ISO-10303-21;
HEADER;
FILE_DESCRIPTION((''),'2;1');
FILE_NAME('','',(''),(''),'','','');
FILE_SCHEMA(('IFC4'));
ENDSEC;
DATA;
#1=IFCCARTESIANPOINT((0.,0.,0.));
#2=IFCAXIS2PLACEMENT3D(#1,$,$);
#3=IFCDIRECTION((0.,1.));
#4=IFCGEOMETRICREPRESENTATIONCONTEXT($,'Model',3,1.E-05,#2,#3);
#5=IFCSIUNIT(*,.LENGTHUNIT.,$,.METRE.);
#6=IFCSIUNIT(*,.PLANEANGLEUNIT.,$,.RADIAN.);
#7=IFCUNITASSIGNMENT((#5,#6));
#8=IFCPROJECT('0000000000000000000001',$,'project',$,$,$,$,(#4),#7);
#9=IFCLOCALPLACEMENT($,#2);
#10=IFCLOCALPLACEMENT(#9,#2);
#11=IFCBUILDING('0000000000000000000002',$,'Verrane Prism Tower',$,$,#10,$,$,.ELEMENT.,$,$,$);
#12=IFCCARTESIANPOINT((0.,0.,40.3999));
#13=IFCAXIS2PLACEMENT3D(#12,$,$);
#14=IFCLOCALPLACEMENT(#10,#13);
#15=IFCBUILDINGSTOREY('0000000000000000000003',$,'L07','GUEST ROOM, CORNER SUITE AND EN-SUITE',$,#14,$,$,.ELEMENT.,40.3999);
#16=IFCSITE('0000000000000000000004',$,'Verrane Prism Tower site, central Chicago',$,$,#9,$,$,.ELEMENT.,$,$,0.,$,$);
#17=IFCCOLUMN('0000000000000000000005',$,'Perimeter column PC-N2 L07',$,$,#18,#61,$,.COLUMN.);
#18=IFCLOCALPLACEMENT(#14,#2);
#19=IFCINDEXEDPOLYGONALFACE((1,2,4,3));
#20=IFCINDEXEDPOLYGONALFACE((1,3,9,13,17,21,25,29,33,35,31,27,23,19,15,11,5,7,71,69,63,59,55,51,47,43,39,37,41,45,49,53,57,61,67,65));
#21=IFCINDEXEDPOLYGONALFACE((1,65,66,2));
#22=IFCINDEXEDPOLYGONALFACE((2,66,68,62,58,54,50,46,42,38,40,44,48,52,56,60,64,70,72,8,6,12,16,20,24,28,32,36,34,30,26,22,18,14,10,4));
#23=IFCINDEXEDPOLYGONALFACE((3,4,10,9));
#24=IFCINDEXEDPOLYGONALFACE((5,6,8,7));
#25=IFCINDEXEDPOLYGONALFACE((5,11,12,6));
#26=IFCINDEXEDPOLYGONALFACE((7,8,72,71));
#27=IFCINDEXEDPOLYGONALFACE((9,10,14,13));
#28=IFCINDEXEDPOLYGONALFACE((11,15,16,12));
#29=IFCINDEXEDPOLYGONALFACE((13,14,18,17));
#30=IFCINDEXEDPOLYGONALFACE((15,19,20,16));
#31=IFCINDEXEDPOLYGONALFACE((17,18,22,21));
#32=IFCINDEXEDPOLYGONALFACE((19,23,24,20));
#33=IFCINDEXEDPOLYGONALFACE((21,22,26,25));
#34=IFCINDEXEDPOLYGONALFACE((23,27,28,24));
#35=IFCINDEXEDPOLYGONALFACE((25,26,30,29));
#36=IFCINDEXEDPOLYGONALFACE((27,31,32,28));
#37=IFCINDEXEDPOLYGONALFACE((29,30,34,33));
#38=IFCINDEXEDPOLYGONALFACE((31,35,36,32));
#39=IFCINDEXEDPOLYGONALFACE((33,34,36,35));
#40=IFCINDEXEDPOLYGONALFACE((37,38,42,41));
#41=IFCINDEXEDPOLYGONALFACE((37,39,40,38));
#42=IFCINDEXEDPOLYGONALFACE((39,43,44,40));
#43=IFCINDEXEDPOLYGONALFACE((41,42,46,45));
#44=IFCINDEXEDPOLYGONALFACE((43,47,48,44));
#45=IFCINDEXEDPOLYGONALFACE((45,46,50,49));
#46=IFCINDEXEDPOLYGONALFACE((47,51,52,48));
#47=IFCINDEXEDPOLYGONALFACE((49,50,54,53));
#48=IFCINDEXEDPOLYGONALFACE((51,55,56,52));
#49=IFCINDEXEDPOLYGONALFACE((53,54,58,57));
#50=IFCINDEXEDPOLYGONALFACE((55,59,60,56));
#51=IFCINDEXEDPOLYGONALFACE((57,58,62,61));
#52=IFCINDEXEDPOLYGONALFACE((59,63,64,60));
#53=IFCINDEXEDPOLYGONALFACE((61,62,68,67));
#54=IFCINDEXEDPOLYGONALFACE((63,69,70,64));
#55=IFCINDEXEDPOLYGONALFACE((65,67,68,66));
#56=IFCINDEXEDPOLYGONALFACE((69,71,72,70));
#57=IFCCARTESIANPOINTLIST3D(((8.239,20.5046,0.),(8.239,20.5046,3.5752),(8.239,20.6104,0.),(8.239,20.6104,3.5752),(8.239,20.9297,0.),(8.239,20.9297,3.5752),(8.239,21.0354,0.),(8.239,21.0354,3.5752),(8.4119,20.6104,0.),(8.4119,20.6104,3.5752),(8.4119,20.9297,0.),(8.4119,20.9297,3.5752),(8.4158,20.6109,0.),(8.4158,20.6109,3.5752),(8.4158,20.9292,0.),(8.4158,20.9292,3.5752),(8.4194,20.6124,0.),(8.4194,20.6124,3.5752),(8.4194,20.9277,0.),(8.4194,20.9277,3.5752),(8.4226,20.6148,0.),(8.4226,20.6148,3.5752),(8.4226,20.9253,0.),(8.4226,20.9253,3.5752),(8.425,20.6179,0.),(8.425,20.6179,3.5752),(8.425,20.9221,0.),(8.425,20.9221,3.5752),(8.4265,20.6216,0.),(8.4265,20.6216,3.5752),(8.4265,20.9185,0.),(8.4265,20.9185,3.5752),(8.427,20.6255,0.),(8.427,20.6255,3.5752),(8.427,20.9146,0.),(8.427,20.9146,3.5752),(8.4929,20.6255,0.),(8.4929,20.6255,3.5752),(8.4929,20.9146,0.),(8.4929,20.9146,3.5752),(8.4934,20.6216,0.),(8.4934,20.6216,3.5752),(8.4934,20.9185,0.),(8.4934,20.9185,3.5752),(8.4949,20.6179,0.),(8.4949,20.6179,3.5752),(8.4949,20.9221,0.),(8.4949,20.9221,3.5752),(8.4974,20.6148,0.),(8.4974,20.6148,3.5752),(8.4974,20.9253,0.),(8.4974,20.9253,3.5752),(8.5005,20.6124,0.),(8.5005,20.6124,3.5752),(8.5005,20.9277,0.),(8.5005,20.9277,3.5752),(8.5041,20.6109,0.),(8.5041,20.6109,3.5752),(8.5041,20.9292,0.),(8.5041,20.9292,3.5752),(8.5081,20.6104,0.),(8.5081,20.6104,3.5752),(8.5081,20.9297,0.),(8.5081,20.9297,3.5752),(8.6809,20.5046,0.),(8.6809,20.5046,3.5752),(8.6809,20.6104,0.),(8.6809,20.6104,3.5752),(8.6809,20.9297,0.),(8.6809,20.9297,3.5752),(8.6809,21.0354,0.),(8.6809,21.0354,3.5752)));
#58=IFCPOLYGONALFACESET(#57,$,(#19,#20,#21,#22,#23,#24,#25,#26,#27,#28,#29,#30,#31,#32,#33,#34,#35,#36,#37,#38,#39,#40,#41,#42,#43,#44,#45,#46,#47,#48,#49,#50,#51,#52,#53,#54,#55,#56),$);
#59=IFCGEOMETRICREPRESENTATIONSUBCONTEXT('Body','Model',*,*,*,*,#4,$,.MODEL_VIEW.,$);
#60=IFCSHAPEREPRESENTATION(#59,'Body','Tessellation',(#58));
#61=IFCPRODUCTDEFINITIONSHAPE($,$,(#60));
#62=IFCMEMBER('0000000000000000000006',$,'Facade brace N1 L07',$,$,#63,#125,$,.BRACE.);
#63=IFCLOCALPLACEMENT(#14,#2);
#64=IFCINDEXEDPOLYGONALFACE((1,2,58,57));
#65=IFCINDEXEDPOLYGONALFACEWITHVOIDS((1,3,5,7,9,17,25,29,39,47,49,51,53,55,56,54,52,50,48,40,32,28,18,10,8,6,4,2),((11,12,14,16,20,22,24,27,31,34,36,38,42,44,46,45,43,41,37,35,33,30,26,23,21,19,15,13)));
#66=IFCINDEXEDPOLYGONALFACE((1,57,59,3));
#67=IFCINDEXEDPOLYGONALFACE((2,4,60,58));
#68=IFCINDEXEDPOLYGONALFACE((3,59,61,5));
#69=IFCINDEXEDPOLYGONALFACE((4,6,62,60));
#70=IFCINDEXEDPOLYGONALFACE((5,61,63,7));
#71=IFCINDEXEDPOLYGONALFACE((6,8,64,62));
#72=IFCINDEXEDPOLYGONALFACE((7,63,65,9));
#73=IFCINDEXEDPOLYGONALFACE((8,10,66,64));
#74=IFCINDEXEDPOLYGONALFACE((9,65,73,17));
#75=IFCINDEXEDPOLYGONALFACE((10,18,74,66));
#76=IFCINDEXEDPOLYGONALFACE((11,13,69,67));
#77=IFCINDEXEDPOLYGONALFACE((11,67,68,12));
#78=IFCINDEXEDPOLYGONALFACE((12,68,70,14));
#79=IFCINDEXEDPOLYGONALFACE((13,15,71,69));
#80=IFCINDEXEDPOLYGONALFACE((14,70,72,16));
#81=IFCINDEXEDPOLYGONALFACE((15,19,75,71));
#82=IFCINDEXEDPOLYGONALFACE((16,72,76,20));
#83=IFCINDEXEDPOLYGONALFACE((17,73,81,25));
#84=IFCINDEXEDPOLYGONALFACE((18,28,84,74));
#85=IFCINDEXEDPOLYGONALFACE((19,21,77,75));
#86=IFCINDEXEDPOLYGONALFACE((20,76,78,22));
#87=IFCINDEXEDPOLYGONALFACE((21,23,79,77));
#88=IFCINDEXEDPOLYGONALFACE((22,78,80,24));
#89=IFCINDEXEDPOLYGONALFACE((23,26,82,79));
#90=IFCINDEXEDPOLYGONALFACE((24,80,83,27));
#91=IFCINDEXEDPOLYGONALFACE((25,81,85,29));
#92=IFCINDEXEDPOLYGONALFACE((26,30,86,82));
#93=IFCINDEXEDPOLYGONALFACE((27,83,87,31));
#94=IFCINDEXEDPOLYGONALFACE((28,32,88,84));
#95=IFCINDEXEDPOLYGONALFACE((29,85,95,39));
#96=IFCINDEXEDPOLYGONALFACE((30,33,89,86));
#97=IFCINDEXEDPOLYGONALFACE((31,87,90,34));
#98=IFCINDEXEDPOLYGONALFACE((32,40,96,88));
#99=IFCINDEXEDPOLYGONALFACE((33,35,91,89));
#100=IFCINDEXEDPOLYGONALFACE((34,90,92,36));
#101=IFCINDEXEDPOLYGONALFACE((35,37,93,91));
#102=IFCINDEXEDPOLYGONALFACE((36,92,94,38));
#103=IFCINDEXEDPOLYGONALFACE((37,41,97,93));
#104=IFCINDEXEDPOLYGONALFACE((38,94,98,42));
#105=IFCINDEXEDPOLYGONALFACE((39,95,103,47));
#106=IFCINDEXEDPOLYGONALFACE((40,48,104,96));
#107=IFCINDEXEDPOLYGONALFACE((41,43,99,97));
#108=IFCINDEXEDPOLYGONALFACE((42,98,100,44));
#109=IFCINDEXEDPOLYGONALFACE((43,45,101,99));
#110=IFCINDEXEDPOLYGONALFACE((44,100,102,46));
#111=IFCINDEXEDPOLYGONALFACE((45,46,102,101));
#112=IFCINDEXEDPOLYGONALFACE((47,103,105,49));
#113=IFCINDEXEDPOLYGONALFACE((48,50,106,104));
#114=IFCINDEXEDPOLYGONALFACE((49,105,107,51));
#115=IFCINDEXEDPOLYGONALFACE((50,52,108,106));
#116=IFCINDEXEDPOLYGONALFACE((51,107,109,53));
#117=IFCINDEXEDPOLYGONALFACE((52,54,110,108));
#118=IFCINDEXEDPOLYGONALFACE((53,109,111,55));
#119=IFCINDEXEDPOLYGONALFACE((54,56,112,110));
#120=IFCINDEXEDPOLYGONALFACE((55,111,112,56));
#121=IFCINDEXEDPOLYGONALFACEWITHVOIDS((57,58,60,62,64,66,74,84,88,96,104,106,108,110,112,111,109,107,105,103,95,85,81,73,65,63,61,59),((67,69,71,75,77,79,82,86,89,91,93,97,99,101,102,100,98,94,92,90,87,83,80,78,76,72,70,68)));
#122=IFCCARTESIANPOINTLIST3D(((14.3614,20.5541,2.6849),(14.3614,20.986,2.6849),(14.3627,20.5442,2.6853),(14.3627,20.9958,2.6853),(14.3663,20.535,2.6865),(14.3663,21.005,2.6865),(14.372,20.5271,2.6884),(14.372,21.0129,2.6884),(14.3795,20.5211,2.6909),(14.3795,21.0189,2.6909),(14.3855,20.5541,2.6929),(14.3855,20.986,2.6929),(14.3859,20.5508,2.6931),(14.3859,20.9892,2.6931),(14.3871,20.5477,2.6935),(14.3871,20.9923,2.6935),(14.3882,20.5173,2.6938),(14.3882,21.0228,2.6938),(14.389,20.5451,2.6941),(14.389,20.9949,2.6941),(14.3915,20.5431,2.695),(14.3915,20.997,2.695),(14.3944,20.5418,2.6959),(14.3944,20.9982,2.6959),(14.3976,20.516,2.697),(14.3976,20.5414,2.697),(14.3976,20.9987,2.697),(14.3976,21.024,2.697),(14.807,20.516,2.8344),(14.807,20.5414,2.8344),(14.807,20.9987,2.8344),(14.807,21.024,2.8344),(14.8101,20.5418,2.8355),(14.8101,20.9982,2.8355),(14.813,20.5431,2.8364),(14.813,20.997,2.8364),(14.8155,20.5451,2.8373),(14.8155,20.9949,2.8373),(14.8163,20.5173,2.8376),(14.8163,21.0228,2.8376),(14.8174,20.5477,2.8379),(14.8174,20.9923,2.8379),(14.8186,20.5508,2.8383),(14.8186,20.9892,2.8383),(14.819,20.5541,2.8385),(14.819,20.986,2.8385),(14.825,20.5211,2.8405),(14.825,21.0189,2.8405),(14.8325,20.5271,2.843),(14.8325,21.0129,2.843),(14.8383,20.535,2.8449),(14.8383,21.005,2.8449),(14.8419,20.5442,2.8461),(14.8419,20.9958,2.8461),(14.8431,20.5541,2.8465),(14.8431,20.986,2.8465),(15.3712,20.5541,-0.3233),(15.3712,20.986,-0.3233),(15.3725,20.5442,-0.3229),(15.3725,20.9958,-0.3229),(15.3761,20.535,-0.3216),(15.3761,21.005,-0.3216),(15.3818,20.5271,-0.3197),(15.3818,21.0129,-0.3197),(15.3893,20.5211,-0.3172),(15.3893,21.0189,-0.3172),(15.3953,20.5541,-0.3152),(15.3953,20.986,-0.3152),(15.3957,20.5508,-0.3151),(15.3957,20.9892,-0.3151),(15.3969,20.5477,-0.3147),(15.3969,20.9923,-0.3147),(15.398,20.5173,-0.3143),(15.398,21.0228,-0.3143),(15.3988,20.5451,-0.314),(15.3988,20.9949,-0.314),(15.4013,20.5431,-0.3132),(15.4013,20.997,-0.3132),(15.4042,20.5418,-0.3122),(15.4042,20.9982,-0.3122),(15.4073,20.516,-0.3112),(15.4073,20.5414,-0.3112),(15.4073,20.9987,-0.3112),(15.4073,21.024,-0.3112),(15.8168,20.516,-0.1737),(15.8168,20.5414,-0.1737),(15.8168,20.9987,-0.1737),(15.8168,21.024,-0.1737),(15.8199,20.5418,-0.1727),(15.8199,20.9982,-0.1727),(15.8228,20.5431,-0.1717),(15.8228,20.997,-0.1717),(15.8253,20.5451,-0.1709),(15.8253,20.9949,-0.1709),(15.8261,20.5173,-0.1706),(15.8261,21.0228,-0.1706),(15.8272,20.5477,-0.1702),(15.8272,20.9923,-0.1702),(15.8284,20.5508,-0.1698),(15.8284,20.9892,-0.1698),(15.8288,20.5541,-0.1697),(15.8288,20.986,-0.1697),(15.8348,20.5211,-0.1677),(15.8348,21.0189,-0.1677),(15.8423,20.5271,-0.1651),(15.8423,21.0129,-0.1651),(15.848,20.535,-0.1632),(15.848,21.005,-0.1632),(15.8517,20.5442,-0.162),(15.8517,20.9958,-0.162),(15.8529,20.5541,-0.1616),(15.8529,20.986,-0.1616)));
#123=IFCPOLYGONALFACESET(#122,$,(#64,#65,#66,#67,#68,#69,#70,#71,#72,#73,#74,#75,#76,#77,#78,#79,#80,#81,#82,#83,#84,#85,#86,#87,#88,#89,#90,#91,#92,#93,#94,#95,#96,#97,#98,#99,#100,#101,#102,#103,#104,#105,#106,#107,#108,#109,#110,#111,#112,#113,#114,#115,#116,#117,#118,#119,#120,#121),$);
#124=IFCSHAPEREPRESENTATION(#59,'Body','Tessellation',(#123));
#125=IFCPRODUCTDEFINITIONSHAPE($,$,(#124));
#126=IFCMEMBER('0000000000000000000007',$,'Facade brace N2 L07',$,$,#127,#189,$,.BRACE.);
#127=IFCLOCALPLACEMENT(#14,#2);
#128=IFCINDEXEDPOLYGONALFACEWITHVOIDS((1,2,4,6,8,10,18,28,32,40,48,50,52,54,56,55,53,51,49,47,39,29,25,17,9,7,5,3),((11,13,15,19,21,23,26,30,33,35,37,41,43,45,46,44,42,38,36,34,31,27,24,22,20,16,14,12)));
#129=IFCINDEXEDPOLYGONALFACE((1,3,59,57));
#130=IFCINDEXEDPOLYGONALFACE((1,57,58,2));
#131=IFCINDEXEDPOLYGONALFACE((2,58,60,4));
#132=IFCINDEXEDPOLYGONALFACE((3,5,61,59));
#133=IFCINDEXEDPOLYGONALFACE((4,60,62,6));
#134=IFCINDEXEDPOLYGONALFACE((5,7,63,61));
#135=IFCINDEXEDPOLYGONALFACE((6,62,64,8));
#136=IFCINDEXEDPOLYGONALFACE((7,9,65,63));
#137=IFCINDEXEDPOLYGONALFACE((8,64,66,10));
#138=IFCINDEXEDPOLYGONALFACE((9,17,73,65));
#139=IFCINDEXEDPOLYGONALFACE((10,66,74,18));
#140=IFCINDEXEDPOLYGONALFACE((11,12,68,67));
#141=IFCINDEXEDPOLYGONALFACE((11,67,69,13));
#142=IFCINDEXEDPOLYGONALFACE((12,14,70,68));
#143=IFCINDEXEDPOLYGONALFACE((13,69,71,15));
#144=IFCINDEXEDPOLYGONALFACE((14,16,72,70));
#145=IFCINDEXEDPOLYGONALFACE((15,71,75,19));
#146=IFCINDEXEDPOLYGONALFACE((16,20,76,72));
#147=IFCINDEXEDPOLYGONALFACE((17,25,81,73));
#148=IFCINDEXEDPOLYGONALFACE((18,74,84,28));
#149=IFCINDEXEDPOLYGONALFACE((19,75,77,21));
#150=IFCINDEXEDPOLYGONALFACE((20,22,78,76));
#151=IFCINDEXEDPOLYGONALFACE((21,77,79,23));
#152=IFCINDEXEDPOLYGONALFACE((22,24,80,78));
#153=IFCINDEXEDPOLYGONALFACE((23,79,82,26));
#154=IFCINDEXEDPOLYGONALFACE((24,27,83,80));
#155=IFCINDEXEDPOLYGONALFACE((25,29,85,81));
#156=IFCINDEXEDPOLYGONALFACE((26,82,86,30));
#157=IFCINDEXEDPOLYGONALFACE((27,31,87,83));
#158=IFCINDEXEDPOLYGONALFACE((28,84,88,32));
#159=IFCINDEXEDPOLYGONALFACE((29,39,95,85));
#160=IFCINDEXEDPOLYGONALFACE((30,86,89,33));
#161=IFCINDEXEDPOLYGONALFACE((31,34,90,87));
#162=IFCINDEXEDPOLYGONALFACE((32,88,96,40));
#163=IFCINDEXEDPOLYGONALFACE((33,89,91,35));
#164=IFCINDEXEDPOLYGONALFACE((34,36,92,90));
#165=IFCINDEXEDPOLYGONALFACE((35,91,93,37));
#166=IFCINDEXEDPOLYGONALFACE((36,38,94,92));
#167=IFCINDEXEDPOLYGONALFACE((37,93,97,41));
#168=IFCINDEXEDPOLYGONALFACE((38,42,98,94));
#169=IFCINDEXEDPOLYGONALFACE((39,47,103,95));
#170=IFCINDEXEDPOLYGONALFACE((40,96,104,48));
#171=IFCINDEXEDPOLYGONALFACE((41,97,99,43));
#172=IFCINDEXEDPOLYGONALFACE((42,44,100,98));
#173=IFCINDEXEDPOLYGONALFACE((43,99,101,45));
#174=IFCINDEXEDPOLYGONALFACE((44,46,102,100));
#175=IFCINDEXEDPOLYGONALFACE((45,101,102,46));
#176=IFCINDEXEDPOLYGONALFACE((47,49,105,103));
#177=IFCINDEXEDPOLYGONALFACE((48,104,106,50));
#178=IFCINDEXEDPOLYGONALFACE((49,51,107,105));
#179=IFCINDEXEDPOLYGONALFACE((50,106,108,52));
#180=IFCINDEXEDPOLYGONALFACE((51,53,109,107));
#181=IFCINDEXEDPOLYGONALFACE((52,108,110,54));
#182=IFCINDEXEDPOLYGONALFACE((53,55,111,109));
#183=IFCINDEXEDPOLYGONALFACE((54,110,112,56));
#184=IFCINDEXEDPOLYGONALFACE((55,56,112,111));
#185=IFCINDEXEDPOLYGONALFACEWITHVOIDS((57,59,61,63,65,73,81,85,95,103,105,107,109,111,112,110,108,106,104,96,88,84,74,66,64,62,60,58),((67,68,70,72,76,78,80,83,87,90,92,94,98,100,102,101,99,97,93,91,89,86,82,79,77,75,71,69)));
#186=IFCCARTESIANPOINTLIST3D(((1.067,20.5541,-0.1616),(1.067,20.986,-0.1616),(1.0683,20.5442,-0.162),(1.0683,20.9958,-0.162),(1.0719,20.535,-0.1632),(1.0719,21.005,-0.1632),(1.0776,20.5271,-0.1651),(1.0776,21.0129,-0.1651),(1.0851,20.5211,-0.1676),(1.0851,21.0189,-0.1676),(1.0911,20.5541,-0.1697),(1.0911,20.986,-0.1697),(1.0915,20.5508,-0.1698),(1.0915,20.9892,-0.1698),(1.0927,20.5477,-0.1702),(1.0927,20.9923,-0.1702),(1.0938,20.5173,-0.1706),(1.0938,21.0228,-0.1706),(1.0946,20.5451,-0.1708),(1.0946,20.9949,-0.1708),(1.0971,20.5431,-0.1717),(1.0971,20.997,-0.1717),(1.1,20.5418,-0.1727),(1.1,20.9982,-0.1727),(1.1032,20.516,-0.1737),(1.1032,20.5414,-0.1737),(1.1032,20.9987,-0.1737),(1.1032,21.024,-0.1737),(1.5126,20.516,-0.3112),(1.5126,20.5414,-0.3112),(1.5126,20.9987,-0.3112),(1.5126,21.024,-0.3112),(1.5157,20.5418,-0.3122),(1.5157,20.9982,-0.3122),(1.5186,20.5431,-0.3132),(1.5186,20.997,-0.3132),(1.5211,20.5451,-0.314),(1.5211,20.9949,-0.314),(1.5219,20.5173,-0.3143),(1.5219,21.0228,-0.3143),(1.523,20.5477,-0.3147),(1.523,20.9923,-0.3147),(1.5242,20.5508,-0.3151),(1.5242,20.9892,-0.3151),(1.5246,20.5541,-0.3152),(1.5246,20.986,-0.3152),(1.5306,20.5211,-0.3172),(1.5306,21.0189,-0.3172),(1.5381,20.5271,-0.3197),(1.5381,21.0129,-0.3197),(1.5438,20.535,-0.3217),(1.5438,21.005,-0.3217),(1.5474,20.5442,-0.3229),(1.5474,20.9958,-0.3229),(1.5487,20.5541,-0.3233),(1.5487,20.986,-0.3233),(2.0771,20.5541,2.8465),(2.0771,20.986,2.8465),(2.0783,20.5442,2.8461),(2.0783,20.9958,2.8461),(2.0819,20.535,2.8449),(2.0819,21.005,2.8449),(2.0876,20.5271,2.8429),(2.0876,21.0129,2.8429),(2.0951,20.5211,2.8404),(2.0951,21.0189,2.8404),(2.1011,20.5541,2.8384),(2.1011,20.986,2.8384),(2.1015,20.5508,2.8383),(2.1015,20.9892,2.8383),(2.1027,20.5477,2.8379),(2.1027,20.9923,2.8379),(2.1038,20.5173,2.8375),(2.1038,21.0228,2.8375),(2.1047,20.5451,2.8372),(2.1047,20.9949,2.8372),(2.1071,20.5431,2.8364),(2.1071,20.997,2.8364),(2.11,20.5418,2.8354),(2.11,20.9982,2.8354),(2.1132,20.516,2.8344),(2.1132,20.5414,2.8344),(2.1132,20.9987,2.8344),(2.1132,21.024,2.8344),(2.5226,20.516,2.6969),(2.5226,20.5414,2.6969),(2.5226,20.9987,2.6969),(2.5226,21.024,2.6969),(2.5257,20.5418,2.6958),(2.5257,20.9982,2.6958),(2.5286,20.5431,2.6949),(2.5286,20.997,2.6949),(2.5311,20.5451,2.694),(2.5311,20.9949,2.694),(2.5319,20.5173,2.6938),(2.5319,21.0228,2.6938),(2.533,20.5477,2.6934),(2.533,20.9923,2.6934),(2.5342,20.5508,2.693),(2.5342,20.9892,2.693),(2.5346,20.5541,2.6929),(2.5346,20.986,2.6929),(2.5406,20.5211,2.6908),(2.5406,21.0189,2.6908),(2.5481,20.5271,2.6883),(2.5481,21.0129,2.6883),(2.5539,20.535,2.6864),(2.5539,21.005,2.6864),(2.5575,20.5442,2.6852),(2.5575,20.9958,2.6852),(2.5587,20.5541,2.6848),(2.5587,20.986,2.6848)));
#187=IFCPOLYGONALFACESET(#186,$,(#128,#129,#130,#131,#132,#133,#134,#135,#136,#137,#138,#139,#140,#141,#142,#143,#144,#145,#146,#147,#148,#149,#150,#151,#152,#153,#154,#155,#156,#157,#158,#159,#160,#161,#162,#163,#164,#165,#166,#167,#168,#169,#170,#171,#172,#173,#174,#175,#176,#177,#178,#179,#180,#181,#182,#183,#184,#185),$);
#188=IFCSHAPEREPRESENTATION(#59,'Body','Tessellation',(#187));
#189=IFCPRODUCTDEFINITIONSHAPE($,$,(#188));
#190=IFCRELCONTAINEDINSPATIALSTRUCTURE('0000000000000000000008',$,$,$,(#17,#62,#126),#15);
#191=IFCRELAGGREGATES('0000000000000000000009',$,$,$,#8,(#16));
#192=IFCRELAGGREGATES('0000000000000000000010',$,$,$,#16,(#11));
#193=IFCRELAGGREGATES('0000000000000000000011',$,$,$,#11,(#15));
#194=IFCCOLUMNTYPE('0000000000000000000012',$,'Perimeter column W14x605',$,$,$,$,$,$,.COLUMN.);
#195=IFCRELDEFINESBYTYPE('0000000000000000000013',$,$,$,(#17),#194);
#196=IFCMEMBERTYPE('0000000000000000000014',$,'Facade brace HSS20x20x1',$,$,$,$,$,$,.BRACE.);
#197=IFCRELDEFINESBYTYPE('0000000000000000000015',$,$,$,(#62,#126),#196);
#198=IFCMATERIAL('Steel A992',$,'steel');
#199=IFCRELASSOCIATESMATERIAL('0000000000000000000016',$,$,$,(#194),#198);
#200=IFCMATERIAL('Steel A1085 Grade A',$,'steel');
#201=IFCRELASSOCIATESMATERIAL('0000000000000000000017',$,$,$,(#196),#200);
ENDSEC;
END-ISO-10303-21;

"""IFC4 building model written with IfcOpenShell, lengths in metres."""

from ifc_helpers import new_model, si_unit, direction, frame, origin, origin_2d, place, context, subcontext, project, spatial, hollow_rectangle, i_section, extrude, material, material_profile, profile_set, type_object, element, save


model = new_model("IFC4")

# Units and contexts
model_context = context("Model", 3, precision=1e-05, world=origin(), true_north=direction((0.0, 1.0)))
body_context = subcontext(model_context, "Body", "Model", "MODEL_VIEW")
ifc_project = project(units=[si_unit("LENGTHUNIT", "METRE"), si_unit("PLANEANGLEUNIT", "RADIAN")], contexts=[model_context])

# Site, building, storey
site_placement = place(None, origin())
site = spatial("IfcSite", under=ifc_project, at=site_placement, Name="Verrane Prism Tower site, central Chicago", CompositionType="ELEMENT", RefElevation=0.0)
building_placement = place(site_placement, origin())
building = spatial("IfcBuilding", under=site, at=building_placement, Name="Verrane Prism Tower", CompositionType="ELEMENT")
storey_placement = place(building_placement, frame((0.0, 0.0, 40.3999)))
storey = spatial("IfcBuildingStorey", under=building, at=storey_placement, Name="L07", Description="GUEST ROOM, CORNER SUITE AND EN-SUITE", CompositionType="ELEMENT", Elevation=40.3999)

# Column
ifc_material_1 = material(Name="Steel A992", Category="steel")
ifc_material_profile_1 = material_profile(ifc_material_1, i_section(OverallWidth=0.4419, OverallDepth=0.5308, WebThickness=0.0659, FlangeThickness=0.1057, FilletRadius=0.0151, at=origin_2d()), Name="W14x605")
ifc_profile_set_1 = profile_set([ifc_material_profile_1], Name="Steel A992")
column_type = type_object("IfcColumnType", Name="Perimeter column W14x605", PredefinedType="COLUMN", material=ifc_profile_set_1)
column_placement = place(storey_placement, frame((8.46, 20.77, 0.0), z_axis=(0.0, 0.0, 1.0), x_axis=(1.0, 0.0, 0.0)))
element("IfcColumn", 1, at=column_placement, inside=storey, type_object=column_type, Name="Perimeter column PC-N2 L07", PredefinedType="COLUMN", context=body_context, shape_type="SweptSolid", body=[
    extrude(i_section(OverallWidth=0.4419, OverallDepth=0.5308, WebThickness=0.0659, FlangeThickness=0.1057, FilletRadius=0.0151, at=origin_2d()), origin(), (0.0, 0.0, 1.0), 3.5752),
])

# Members
ifc_material_2 = material(Name="Steel A1085 Grade A", Category="steel")
ifc_material_profile_2 = material_profile(ifc_material_2, hollow_rectangle(XDim=0.5081, YDim=0.5081, WallThickness=0.0254, InnerFilletRadius=0.0127, OuterFilletRadius=0.0381, at=origin_2d()), Name="HSS20x20x1")
ifc_profile_set_2 = profile_set([ifc_material_profile_2], Name="Steel A1085 Grade A")
member_type_1 = type_object("IfcMemberType", Name="Facade brace HSS20x20x1", PredefinedType="BRACE", material=ifc_profile_set_2)
for number, where, z_axis, x_axis, name in (
    (2, (15.6121, 20.77, -0.2424), (-0.318235, 0.0, 0.948012), (0.0, -1.0, 0.0), "Facade brace N1 L07"),
    (3, (1.3079, 20.77, -0.2424), (0.318304, 0.0, 0.947989), (0.0, 1.0, 0.0), "Facade brace N2 L07"),
):
    element("IfcMember", number, at=place(storey_placement, frame(where, z_axis=z_axis, x_axis=x_axis)), inside=storey, type_object=member_type_1, Name=name, PredefinedType="BRACE", context=body_context, shape_type="SweptSolid", body=[
        extrude(hollow_rectangle(XDim=0.5081, YDim=0.5081, WallThickness=0.0254, InnerFilletRadius=0.0127, OuterFilletRadius=0.0381, at=origin_2d()), origin(), (0.0, 0.0, 1.0), 3.1731),
    ])

save(model, "model.ifc")
